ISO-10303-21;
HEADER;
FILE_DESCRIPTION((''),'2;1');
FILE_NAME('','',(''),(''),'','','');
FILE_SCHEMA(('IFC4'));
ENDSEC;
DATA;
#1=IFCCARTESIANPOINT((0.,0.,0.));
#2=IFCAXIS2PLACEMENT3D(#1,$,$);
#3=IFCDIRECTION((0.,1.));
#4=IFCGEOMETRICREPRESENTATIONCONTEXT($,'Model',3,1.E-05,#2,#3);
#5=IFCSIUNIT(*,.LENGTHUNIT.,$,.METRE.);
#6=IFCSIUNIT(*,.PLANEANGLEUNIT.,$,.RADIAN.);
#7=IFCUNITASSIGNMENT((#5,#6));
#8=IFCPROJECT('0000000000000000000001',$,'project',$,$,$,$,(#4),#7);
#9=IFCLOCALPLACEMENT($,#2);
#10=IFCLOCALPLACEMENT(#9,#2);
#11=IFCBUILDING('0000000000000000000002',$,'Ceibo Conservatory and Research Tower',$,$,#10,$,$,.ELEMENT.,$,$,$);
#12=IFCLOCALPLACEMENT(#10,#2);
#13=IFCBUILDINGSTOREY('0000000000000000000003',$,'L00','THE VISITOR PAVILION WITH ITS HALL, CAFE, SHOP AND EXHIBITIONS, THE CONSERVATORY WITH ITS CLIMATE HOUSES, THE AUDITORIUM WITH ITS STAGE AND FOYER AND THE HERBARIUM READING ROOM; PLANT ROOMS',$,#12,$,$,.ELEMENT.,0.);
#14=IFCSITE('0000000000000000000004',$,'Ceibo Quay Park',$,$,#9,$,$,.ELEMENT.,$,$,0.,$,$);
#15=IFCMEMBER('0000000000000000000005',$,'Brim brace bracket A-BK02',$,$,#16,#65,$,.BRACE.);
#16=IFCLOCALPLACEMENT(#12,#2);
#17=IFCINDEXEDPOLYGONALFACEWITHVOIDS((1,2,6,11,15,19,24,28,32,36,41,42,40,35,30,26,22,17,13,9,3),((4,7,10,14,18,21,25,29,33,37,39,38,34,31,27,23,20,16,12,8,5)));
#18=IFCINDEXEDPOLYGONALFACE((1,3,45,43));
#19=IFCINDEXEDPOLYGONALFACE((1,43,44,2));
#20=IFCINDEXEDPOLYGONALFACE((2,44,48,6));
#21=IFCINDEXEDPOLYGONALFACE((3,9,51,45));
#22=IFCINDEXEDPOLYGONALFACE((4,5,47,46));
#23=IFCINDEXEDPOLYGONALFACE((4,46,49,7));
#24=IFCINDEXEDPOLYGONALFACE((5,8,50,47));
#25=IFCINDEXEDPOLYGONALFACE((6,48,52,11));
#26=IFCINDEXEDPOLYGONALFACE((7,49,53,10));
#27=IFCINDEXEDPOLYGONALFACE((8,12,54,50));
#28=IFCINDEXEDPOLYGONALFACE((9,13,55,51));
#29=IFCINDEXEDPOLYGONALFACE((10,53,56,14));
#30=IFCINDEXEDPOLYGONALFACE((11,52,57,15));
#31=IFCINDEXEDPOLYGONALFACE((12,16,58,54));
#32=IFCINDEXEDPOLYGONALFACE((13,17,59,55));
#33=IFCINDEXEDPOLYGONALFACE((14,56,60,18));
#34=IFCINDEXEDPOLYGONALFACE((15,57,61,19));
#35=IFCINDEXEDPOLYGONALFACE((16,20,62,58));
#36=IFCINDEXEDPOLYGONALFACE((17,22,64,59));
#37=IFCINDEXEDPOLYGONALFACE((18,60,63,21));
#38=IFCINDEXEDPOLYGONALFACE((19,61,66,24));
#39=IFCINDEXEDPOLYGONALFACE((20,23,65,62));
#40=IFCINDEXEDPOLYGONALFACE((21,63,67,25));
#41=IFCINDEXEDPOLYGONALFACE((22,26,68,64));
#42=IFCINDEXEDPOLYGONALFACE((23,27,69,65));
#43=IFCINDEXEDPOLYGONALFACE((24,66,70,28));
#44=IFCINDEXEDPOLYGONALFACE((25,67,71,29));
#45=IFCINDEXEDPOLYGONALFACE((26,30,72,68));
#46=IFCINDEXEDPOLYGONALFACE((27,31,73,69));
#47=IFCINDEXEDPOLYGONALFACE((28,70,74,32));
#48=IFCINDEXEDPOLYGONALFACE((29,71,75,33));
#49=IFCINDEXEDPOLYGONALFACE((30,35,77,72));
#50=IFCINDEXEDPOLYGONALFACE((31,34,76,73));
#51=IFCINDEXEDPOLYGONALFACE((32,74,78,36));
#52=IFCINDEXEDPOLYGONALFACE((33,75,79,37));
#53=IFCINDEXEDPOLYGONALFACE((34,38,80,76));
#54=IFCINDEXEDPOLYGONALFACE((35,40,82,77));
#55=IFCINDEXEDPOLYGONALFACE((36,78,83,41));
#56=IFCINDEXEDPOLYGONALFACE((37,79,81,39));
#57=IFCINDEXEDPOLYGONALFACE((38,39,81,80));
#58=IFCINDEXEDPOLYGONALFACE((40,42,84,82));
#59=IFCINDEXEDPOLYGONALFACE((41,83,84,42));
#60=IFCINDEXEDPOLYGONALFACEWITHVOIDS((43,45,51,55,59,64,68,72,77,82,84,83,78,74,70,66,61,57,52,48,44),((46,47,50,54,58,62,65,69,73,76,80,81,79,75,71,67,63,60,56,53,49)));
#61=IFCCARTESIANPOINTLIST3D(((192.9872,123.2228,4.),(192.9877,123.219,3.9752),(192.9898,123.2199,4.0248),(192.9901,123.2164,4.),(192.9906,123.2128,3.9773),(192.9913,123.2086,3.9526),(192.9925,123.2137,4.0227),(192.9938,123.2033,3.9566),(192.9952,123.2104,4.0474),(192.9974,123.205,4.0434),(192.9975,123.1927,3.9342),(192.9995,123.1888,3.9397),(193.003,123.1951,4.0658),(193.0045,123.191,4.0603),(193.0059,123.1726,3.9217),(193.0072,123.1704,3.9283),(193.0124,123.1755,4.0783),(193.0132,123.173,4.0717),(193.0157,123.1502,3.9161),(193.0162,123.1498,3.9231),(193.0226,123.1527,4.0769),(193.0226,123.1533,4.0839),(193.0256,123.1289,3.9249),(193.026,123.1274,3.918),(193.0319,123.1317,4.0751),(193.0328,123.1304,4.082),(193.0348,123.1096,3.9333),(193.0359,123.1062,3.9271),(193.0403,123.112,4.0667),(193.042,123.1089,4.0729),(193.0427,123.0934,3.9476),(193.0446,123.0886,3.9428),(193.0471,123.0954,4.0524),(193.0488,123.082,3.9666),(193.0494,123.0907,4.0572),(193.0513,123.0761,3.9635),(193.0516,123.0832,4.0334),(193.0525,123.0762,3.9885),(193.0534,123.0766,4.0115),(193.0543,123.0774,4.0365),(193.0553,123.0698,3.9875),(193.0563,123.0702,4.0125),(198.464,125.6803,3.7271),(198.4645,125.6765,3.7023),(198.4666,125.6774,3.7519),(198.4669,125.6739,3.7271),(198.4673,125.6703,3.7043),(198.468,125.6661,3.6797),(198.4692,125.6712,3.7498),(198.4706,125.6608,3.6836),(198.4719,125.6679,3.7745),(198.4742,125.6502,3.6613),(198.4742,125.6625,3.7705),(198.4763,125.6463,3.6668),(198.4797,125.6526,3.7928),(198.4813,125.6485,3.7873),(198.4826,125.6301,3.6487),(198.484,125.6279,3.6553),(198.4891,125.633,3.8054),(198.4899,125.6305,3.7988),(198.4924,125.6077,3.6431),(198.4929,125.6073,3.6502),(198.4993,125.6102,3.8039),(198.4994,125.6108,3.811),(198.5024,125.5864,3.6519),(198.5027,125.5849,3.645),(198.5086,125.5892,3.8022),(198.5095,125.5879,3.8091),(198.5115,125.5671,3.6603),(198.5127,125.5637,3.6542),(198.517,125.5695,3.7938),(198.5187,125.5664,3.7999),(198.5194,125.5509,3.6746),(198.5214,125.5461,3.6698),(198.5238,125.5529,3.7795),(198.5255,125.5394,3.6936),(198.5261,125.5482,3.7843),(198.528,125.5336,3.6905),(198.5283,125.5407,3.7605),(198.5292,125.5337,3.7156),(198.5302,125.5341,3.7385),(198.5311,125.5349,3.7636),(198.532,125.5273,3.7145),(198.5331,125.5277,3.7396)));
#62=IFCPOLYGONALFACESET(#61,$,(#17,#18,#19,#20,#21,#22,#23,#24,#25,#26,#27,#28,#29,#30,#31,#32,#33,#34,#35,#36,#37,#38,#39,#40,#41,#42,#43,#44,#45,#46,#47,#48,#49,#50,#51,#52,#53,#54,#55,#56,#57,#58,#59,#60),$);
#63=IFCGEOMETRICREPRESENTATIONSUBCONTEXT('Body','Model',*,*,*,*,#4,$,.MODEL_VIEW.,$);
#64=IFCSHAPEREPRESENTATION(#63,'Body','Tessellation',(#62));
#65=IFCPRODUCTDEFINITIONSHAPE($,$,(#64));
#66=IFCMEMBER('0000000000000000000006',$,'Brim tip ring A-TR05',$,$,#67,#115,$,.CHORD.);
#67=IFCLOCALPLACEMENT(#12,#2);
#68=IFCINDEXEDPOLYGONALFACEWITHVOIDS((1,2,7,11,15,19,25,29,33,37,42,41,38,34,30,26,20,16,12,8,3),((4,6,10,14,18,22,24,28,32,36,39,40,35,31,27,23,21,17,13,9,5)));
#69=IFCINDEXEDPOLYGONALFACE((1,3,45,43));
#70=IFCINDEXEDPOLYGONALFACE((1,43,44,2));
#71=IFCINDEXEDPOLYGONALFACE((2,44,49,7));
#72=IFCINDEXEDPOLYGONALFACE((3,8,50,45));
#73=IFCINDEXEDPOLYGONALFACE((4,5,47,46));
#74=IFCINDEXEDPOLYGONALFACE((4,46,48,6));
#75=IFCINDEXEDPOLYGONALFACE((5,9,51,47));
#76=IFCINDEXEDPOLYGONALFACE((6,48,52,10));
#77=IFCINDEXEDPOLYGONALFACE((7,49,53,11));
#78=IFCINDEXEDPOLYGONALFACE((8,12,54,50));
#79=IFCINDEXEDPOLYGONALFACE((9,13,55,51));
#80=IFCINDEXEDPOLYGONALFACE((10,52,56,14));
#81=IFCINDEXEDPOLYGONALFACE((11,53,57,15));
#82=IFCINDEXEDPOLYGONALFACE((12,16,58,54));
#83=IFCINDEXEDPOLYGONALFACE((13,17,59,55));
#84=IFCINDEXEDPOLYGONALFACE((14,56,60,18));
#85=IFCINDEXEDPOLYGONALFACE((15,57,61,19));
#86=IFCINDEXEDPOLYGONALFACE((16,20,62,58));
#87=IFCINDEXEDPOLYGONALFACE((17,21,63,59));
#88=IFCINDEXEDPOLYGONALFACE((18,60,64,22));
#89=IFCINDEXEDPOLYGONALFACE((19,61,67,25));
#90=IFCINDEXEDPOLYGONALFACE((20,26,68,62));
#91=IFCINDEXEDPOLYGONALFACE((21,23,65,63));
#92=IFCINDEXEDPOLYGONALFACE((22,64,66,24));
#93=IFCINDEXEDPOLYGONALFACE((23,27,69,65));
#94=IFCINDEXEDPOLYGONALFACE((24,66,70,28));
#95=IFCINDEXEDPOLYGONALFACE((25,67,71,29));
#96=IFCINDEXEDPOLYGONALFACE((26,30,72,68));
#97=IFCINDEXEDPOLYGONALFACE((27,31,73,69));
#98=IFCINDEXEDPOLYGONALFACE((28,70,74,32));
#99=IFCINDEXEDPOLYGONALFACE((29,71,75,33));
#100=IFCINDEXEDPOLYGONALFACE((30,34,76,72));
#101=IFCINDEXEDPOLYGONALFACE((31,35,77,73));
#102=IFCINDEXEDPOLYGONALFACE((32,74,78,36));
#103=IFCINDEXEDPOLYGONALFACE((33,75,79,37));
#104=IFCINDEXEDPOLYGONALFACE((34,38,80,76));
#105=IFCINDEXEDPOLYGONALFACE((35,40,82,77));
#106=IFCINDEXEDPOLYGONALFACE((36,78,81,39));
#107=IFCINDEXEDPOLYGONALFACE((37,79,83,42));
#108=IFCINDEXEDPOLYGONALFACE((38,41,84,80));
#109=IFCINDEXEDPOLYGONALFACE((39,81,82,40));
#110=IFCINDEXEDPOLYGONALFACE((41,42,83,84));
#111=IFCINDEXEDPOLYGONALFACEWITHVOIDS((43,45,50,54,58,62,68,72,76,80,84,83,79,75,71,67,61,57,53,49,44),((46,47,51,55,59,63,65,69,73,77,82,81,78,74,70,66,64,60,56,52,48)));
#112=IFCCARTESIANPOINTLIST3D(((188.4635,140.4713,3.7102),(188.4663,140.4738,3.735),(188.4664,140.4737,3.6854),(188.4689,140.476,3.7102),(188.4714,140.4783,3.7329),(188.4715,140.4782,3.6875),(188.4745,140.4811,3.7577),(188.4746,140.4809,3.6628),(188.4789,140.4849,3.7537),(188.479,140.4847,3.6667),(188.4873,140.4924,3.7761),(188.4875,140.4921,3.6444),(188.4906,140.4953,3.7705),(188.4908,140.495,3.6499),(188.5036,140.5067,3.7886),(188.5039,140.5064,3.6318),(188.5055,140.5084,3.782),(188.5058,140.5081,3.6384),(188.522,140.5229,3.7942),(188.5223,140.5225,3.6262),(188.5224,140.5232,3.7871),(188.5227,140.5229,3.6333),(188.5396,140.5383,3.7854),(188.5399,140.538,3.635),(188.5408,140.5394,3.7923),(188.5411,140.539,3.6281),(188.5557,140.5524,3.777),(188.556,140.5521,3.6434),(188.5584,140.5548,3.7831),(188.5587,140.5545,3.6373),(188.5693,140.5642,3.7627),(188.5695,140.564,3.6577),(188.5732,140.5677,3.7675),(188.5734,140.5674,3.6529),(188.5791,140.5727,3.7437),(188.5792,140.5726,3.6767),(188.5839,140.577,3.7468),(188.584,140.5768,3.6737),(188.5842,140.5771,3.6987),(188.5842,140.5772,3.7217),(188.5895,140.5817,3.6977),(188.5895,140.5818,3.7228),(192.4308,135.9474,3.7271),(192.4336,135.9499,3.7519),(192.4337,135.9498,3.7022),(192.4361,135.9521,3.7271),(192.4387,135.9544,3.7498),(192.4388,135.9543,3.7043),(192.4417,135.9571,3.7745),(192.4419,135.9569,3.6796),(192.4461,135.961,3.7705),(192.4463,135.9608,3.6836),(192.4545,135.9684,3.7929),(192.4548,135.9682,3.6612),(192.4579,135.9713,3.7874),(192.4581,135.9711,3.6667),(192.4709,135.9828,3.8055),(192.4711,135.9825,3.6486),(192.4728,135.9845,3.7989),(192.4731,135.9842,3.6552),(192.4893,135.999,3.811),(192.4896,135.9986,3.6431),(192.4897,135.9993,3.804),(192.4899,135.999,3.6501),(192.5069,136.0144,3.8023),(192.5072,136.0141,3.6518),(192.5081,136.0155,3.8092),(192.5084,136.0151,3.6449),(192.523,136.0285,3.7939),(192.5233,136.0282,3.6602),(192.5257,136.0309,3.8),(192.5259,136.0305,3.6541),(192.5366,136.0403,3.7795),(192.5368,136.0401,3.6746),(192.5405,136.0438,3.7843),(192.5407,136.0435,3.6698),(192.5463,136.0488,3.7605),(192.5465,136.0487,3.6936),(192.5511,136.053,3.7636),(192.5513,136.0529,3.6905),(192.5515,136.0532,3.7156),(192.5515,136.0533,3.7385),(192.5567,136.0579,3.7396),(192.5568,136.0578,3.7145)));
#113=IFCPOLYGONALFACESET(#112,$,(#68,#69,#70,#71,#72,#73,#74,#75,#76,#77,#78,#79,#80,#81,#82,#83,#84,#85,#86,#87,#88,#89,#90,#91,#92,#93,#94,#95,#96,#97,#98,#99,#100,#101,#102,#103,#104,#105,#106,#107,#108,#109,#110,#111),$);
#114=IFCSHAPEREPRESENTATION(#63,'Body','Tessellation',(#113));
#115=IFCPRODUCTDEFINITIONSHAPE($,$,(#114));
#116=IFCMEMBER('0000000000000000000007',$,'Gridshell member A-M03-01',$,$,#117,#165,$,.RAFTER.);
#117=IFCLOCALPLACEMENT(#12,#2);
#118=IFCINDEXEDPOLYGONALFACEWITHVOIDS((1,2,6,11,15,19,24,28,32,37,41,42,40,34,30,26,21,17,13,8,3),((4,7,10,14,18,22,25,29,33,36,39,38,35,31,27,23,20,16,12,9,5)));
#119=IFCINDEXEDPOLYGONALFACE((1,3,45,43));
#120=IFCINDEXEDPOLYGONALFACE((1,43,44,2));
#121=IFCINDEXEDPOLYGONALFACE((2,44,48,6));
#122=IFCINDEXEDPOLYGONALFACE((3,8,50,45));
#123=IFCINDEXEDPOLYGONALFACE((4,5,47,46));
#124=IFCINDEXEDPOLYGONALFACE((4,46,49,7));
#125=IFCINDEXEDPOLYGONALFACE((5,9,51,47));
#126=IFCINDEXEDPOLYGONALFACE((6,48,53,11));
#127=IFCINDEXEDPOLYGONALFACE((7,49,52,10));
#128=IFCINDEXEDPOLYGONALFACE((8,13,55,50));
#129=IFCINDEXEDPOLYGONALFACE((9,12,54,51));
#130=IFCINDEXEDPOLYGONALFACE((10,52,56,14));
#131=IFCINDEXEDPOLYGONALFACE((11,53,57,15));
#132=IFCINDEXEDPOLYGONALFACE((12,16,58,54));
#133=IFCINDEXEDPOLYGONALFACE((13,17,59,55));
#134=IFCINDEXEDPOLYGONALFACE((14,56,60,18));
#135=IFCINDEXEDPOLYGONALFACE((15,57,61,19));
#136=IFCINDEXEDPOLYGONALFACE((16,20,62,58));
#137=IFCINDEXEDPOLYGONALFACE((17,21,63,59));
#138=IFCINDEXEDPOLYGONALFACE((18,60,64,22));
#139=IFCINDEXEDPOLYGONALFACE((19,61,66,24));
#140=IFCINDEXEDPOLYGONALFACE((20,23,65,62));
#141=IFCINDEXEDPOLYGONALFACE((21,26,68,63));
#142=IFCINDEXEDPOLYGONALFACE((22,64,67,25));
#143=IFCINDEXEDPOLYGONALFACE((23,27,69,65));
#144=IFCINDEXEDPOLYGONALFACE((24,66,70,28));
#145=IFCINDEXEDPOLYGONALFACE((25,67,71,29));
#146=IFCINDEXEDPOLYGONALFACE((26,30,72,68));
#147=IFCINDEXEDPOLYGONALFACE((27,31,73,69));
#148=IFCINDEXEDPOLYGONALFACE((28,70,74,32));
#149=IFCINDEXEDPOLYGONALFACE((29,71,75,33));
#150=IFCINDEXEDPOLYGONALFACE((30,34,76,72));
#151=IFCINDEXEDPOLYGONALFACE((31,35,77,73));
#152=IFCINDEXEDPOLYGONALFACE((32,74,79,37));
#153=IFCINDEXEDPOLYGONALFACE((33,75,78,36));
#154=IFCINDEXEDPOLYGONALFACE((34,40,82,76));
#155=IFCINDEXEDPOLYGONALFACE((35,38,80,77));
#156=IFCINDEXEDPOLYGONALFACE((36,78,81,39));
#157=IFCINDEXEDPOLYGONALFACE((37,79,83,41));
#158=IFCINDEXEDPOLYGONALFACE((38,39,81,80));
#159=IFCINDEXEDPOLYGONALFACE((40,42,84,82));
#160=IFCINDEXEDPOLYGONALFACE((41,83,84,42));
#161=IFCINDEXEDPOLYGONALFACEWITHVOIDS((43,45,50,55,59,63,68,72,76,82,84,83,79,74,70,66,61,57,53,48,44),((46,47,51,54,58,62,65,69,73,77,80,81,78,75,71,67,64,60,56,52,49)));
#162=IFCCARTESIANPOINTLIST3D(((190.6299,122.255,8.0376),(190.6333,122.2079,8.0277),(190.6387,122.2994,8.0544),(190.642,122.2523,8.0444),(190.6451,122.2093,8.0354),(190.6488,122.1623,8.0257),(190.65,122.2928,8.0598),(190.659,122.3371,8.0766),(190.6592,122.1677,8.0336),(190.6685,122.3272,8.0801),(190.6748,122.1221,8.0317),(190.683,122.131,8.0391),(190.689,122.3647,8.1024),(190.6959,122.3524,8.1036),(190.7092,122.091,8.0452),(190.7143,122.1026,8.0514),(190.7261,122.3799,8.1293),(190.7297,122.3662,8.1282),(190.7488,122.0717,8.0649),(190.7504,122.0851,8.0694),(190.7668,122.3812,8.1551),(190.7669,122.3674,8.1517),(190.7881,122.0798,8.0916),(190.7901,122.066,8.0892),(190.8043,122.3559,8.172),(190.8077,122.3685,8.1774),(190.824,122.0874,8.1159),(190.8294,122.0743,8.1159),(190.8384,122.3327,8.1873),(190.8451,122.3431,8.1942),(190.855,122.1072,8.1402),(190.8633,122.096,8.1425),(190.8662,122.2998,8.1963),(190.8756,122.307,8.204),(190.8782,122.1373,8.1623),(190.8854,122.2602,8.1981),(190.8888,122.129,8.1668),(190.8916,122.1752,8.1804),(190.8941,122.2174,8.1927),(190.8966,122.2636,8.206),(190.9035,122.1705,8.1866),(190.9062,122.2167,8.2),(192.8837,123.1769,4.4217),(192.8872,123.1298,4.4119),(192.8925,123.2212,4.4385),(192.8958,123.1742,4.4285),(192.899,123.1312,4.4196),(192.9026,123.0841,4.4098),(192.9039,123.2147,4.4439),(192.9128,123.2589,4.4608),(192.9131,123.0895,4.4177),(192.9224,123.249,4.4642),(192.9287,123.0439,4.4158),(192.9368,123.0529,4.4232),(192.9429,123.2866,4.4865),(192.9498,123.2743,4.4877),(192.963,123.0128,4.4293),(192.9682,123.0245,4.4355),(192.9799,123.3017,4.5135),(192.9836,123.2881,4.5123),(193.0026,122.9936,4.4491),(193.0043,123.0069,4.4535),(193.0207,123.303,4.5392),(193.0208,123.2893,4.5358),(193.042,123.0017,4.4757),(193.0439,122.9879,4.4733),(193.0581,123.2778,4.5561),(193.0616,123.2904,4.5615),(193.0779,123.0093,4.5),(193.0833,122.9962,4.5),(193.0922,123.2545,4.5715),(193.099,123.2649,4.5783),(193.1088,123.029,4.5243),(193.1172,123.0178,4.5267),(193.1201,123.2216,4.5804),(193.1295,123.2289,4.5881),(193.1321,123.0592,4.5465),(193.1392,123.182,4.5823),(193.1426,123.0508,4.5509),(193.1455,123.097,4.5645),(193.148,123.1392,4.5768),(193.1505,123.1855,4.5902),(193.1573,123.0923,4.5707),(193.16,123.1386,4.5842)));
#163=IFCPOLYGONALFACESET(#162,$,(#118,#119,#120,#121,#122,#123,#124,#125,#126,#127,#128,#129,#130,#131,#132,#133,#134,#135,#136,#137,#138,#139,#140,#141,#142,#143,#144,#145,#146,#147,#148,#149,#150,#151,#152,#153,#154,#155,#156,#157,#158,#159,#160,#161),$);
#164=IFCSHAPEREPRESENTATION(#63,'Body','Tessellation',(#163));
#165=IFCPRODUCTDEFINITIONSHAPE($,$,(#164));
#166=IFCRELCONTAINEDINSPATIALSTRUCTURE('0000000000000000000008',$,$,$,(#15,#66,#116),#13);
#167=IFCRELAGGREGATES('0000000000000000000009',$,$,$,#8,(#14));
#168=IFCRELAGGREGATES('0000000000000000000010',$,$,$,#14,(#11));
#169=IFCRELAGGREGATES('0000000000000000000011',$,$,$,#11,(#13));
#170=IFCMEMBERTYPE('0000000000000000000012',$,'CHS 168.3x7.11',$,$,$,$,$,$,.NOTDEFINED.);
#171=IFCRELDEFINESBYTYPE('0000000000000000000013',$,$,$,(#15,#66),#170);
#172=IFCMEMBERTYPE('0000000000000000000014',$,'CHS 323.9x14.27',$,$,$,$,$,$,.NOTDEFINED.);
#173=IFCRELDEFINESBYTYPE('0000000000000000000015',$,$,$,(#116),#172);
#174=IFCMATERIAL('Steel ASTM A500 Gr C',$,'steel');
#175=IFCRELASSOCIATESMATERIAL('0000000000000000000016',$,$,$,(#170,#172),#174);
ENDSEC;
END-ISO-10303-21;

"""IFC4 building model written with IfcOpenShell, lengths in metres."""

from ifc_helpers import new_model, si_unit, direction, frame, origin, origin_2d, place, context, subcontext, project, spatial, hollow_circle, extrude, material, material_profile, profile_set, type_object, element, save


model = new_model("IFC4")

# Units and contexts
model_context = context("Model", 3, precision=1e-05, world=origin(), true_north=direction((0.0, 1.0)))
body_context = subcontext(model_context, "Body", "Model", "MODEL_VIEW")
ifc_project = project(units=[si_unit("LENGTHUNIT", "METRE"), si_unit("PLANEANGLEUNIT", "RADIAN")], contexts=[model_context])

# Site, building, storey
site_placement = place(None, origin())
site = spatial("IfcSite", under=ifc_project, at=site_placement, Name="Ceibo Quay Park", CompositionType="ELEMENT", RefElevation=0.0)
building_placement = place(site_placement, origin())
building = spatial("IfcBuilding", under=site, at=building_placement, Name="Ceibo Conservatory and Research Tower", CompositionType="ELEMENT")
storey_placement = place(building_placement, origin())
storey = spatial("IfcBuildingStorey", under=building, at=storey_placement, Name="L00", Description="THE VISITOR PAVILION WITH ITS HALL, CAFE, SHOP AND EXHIBITIONS, THE CONSERVATORY WITH ITS CLIMATE HOUSES, THE AUDITORIUM WITH ITS STAGE AND FOYER AND THE HERBARIUM READING ROOM; PLANT ROOMS", CompositionType="ELEMENT", Elevation=0.0)

# Shared definitions
ifc_material_1 = material(Name="Steel ASTM A500 Gr C", Category="steel")

# Members
ifc_material_profile_1 = material_profile(ifc_material_1, hollow_circle(Radius=0.0842, WallThickness=0.0071, at=origin_2d()), Name="CHS 168.3x7.11")
ifc_profile_set_1 = profile_set([ifc_material_profile_1], Name="Steel ASTM A500 Gr C")
member_type_1 = type_object("IfcMemberType", Name="CHS 168.3x7.11", PredefinedType="NOTDEFINED", material=ifc_profile_set_1)
member_1_placement = place(storey_placement, frame((193.0217, 123.146, 4.0), z_axis=(0.911418, 0.408966, -0.045423), x_axis=(-0.409389, 0.91236, 0.0)))
element("IfcMember", 1, at=member_1_placement, inside=storey, type_object=member_type_1, Name="Brim brace bracket A-BK02", PredefinedType="BRACE", context=body_context, shape_type="SweptSolid", body=[
    extrude(hollow_circle(Radius=0.0842, WallThickness=0.0071, at=origin_2d()), origin(), (0.0, 0.0, 1.0), 6.009),
])
member_2_placement = place(storey_placement, frame((192.4941, 136.0029, 3.7271), z_axis=(-0.659335, 0.751844, -0.0028), x_axis=(-0.751847, -0.659337, 0.0)))
element("IfcMember", 2, at=member_2_placement, inside=storey, type_object=member_type_1, Name="Brim tip ring A-TR05", PredefinedType="CHORD", context=body_context, shape_type="SweptSolid", body=[
    extrude(hollow_circle(Radius=0.0842, WallThickness=0.0071, at=origin_2d()), origin(), (0.0, 0.0, 1.0), 6.0171),
])
ifc_material_profile_2 = material_profile(ifc_material_1, hollow_circle(Radius=0.1619, WallThickness=0.0142, at=origin_2d()), Name="CHS 323.9x14.27")
ifc_profile_set_2 = profile_set([ifc_material_profile_2], Name="Steel ASTM A500 Gr C")
member_type_2 = type_object("IfcMemberType", Name="CHS 323.9x14.27", PredefinedType="NOTDEFINED", material=ifc_profile_set_2)
member_3_placement = place(storey_placement, frame((193.022, 123.146, 4.5), z_axis=(-0.517011, -0.211464, 0.829447), x_axis=(0.37857, -0.925573, 0.0)))
element("IfcMember", 3, at=member_3_placement, inside=storey, type_object=member_type_2, Name="Gridshell member A-M03-01", PredefinedType="RAFTER", context=body_context, shape_type="SweptSolid", body=[
    extrude(hollow_circle(Radius=0.1619, WallThickness=0.0142, at=origin_2d()), origin(), (0.0, 0.0, 1.0), 4.3594),
])

save(model, "model.ifc")
